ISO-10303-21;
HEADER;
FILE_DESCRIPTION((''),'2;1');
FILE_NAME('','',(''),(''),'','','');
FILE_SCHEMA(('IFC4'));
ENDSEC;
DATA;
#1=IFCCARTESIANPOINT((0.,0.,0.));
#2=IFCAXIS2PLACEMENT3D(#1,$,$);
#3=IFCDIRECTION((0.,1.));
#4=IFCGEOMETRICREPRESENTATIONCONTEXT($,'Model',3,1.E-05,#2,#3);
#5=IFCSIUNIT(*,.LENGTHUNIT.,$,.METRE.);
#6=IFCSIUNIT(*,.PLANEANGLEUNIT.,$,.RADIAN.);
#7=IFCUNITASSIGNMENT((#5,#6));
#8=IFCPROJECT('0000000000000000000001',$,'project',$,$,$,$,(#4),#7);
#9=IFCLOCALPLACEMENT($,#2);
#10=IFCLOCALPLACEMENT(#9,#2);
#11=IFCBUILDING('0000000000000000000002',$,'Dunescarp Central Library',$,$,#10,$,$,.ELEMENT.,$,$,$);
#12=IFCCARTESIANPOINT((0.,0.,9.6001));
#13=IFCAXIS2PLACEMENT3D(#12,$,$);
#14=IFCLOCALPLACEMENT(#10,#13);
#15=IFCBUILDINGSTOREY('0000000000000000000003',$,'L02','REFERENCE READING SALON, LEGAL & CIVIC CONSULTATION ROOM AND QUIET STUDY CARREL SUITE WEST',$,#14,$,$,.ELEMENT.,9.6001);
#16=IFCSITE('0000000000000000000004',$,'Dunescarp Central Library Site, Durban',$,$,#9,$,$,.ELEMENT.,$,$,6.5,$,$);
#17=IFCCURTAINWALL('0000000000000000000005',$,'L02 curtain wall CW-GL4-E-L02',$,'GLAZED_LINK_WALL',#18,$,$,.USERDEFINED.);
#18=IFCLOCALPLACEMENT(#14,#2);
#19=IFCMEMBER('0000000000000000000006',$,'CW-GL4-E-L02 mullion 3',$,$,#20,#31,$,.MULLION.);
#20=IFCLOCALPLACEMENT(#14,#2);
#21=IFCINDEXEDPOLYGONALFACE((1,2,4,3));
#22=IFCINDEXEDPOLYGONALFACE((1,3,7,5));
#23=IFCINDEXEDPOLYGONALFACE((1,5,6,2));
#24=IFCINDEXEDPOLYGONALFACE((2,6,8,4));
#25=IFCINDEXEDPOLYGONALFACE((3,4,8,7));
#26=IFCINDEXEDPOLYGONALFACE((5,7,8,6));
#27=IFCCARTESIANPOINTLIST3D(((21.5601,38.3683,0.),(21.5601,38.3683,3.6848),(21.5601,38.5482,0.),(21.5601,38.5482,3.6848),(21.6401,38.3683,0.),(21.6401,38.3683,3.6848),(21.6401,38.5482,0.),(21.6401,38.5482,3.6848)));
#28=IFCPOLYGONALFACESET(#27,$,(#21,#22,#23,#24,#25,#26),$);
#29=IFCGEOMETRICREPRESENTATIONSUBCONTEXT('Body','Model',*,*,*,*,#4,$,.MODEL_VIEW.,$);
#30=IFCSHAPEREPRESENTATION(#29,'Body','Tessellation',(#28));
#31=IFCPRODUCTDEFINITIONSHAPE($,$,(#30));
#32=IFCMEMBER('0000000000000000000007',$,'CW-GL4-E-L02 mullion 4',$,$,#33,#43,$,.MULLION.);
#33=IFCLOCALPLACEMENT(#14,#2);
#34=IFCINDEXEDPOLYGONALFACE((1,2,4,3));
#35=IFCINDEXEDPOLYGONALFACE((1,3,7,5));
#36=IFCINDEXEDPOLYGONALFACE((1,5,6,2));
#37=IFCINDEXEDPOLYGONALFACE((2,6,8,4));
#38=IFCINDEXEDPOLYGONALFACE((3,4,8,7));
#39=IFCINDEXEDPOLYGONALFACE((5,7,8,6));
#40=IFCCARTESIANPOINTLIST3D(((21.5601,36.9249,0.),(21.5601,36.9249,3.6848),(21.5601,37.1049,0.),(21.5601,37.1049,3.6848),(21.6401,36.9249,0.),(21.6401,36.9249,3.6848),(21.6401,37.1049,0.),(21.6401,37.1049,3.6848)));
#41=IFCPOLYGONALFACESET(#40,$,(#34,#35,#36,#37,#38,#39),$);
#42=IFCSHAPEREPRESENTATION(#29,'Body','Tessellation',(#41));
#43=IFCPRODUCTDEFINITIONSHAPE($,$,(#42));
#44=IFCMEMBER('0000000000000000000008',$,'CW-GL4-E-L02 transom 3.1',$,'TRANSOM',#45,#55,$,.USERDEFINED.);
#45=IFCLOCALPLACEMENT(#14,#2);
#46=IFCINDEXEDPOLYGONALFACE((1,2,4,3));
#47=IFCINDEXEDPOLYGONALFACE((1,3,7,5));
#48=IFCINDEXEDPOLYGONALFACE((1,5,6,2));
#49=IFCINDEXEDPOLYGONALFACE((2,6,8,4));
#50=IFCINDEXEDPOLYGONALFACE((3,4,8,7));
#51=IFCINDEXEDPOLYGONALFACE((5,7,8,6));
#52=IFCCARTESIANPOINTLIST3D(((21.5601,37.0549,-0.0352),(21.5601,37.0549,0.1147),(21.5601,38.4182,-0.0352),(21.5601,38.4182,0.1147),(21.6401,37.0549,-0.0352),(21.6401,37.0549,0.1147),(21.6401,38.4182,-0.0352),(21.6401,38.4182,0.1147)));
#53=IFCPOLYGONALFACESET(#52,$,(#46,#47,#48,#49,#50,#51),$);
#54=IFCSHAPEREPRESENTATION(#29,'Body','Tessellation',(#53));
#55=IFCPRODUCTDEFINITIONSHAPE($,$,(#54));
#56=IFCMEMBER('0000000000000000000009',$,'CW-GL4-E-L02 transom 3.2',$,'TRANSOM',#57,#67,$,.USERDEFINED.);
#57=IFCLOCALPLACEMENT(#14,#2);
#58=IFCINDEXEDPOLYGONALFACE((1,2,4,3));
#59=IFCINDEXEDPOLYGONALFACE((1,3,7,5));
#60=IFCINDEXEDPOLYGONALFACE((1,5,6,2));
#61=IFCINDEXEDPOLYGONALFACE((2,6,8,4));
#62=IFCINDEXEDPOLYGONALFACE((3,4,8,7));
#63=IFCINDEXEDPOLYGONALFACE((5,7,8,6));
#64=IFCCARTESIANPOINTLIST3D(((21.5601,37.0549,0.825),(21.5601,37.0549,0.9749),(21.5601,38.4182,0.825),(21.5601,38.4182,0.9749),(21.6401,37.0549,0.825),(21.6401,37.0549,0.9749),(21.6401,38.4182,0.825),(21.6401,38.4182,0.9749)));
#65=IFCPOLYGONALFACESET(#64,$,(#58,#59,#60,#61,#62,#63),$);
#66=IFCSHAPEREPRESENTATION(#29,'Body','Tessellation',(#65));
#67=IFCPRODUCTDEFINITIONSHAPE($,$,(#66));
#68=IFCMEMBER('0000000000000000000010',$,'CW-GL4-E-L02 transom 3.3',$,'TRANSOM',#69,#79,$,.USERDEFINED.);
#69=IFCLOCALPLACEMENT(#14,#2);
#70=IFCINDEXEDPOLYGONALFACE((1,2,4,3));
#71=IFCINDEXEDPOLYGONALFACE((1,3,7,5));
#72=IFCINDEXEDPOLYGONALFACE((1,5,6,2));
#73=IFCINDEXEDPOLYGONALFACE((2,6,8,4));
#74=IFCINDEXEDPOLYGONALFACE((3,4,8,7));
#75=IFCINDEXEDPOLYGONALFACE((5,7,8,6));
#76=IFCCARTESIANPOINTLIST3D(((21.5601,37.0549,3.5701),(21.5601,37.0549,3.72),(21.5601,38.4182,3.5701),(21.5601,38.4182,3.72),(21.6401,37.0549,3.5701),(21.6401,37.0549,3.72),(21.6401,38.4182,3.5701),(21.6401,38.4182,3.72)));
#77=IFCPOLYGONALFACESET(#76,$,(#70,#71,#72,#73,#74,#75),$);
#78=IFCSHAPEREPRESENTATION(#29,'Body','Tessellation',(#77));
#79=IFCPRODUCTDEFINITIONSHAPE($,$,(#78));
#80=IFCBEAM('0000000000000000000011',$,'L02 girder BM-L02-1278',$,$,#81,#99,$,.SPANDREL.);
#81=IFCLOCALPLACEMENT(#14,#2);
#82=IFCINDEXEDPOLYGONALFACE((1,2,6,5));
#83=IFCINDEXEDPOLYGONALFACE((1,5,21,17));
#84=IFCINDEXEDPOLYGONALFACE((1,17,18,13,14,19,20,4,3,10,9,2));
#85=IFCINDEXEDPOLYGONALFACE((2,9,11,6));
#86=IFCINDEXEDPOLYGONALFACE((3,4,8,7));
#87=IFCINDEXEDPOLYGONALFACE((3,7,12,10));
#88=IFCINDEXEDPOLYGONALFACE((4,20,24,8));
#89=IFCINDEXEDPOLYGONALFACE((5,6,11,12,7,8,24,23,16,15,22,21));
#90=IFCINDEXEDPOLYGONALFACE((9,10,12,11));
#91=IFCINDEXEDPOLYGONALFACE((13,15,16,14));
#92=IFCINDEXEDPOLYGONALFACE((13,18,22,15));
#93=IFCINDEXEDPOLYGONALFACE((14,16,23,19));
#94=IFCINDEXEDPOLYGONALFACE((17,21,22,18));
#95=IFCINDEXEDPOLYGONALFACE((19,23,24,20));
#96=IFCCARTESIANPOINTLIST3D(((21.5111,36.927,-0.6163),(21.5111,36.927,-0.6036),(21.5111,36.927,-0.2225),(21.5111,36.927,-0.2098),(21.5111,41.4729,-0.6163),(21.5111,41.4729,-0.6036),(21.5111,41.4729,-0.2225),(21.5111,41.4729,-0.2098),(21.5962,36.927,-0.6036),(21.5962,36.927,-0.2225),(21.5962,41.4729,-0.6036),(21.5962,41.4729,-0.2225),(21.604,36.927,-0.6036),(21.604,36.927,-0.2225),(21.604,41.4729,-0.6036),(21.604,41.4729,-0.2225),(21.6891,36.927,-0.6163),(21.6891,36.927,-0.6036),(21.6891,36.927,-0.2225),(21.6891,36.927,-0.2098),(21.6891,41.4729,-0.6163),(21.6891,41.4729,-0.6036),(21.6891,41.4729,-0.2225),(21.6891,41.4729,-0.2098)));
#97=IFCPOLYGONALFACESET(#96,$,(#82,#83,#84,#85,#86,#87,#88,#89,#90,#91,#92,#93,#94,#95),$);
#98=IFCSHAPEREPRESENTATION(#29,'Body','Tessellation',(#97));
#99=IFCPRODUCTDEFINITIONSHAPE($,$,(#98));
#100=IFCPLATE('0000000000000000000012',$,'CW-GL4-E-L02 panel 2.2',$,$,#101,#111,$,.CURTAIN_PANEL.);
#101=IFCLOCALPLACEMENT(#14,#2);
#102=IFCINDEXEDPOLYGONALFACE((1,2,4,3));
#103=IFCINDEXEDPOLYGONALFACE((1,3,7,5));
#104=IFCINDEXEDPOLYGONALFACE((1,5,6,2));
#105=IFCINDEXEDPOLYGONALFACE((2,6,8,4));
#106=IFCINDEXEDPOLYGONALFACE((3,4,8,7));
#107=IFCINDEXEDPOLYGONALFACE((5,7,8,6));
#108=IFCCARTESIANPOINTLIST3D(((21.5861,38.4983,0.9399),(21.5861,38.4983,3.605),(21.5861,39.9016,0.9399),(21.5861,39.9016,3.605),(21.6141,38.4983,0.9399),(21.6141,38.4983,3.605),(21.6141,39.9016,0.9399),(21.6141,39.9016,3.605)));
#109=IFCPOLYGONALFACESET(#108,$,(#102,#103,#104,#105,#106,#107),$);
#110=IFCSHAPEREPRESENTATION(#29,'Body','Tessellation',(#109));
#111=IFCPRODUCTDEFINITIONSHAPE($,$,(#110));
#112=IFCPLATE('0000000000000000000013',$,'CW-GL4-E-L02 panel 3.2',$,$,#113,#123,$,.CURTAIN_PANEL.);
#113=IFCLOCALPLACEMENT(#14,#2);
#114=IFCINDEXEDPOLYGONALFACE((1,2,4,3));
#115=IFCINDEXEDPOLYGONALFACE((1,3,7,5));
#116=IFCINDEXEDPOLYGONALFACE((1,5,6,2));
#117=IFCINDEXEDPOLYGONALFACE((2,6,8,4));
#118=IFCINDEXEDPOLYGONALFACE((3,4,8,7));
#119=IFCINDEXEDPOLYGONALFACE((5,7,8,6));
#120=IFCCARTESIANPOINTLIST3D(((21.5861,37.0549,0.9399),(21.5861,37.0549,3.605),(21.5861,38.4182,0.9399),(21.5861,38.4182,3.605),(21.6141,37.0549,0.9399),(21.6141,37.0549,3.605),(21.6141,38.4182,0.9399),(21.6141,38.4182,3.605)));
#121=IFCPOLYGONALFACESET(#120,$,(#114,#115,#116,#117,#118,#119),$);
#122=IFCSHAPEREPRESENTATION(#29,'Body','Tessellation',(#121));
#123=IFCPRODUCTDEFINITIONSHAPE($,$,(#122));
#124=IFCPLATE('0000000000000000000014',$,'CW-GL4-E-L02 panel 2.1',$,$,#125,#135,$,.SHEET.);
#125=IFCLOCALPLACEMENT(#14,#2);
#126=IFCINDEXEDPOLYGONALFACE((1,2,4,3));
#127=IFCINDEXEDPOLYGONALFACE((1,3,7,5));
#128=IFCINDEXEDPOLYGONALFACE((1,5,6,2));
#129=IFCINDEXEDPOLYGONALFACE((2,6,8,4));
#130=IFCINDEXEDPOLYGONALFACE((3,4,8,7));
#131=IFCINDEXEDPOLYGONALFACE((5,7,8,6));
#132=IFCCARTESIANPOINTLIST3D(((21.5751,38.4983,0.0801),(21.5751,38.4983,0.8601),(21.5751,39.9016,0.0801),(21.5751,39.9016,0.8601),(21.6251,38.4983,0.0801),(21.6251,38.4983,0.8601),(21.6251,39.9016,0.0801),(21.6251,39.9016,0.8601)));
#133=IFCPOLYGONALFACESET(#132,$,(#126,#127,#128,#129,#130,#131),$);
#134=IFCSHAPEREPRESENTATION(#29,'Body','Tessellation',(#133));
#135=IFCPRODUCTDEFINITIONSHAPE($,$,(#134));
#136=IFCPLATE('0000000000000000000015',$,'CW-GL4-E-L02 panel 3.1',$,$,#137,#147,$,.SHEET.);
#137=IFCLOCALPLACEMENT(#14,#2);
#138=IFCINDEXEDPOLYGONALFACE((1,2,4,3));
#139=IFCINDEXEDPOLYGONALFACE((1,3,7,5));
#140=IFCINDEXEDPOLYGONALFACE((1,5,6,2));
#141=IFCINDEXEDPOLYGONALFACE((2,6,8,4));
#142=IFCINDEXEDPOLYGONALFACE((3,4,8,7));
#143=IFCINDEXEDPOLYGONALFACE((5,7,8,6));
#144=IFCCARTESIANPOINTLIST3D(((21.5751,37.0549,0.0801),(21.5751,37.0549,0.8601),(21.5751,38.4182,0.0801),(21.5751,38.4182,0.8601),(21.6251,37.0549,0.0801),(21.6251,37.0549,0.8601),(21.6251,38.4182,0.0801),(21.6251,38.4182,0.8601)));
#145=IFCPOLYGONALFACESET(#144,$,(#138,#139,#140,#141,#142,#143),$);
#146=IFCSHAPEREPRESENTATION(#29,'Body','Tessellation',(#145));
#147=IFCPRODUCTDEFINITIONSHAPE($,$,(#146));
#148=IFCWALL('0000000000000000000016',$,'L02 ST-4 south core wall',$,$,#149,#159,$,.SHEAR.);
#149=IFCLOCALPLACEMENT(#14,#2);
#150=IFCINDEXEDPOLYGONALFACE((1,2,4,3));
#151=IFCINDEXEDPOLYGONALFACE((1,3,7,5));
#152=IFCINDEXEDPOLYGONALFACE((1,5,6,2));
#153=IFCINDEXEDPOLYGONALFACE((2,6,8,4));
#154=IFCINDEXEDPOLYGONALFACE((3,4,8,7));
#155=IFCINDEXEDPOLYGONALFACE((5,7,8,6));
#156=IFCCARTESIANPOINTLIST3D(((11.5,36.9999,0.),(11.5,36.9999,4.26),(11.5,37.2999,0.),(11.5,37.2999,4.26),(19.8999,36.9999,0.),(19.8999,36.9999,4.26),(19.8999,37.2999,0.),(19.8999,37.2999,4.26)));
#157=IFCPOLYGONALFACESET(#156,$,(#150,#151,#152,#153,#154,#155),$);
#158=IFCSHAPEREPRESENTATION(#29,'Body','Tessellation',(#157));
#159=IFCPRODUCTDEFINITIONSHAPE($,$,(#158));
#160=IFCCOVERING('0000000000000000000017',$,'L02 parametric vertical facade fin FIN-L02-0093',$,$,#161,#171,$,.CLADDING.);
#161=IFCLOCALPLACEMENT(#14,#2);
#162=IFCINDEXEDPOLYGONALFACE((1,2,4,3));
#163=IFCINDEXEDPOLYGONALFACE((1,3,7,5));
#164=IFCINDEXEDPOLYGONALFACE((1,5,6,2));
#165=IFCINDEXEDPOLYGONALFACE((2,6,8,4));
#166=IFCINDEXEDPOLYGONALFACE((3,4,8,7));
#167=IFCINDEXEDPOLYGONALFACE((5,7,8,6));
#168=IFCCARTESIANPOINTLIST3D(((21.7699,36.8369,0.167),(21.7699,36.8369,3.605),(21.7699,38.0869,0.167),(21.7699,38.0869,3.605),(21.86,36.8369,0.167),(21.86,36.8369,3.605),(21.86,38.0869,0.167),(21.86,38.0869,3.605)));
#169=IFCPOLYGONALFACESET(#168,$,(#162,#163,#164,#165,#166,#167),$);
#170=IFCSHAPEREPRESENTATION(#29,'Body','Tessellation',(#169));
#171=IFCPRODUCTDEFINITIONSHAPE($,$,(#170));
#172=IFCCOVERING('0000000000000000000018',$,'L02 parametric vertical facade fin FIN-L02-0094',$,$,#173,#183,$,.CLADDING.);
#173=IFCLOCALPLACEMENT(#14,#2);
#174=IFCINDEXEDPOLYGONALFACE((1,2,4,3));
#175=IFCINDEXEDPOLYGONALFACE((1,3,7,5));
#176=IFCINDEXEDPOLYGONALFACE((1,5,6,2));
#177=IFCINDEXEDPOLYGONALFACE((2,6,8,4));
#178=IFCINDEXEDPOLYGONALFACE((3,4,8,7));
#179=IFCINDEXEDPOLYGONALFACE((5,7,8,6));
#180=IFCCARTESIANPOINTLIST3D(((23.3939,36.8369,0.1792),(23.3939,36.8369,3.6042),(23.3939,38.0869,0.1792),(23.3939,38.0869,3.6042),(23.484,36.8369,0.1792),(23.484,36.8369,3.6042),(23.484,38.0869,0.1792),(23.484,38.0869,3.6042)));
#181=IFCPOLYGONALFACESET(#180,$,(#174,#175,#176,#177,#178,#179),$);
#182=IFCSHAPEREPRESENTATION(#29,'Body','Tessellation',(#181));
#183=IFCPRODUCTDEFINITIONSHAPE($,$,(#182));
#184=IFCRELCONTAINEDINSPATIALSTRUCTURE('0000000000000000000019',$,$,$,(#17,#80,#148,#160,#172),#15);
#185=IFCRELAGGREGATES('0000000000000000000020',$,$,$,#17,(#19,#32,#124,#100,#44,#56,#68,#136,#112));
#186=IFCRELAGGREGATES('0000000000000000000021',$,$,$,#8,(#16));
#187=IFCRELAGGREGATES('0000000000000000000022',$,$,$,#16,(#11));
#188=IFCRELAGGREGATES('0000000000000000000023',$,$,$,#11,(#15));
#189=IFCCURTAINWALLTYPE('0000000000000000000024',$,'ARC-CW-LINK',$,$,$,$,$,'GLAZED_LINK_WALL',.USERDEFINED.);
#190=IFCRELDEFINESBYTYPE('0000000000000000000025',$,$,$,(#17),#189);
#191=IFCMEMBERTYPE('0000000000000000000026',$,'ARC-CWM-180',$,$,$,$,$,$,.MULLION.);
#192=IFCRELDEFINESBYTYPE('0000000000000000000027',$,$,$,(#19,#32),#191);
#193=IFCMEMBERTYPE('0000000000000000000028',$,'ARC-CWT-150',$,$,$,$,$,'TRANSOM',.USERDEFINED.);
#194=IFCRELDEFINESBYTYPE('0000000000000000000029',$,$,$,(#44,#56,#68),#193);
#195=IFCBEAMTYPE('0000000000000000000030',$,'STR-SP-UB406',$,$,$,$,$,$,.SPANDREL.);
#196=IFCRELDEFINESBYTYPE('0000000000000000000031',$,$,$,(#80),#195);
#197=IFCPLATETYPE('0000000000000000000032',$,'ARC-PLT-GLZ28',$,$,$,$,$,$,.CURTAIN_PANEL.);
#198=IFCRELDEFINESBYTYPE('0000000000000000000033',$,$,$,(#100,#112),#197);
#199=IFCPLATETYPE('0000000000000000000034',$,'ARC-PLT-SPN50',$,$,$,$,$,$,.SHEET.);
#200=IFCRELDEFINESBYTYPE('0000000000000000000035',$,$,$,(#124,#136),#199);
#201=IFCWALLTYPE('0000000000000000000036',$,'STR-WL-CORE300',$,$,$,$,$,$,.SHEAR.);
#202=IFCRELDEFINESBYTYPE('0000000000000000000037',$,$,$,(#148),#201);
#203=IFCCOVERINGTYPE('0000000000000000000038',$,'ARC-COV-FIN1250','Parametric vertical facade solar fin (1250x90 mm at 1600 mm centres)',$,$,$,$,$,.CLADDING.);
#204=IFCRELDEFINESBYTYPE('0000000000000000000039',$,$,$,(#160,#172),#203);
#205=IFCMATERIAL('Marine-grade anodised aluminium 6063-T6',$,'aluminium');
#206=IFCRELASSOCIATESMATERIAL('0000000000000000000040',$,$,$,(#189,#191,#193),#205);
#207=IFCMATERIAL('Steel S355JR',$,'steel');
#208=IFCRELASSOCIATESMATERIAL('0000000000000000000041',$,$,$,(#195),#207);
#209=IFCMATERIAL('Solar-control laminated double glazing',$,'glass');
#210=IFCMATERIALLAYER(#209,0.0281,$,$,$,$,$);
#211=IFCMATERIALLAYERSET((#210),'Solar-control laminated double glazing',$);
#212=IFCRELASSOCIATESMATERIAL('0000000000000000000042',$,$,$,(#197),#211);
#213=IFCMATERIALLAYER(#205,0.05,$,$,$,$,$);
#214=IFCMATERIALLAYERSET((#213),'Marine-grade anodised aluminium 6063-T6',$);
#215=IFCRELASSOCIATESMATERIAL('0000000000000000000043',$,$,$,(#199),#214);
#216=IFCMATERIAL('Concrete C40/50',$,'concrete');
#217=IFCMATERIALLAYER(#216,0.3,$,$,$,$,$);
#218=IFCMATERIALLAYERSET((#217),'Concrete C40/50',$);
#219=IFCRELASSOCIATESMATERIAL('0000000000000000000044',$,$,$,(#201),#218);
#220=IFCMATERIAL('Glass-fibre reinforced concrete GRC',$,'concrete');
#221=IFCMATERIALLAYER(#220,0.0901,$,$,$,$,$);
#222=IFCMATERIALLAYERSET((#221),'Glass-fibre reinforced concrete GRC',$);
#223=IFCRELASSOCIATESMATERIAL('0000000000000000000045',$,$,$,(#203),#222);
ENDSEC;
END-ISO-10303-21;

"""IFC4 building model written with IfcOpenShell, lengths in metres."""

from ifc_helpers import new_model, si_unit, direction, frame, frame_2d, origin, origin_2d, place, context, subcontext, project, spatial, rectangle, i_section, extrude, material, layer, layer_set, material_profile, profile_set, type_object, element, aggregate, save


model = new_model("IFC4")

# Units and contexts
model_context = context("Model", 3, precision=1e-05, world=origin(), true_north=direction((0.0, 1.0)))
body_context = subcontext(model_context, "Body", "Model", "MODEL_VIEW")
ifc_project = project(units=[si_unit("LENGTHUNIT", "METRE"), si_unit("PLANEANGLEUNIT", "RADIAN")], contexts=[model_context])

# Site, building, storey
site_placement = place(None, origin())
site = spatial("IfcSite", under=ifc_project, at=site_placement, Name="Dunescarp Central Library Site, Durban", CompositionType="ELEMENT", RefElevation=6.5)
building_placement = place(site_placement, origin())
building = spatial("IfcBuilding", under=site, at=building_placement, Name="Dunescarp Central Library", CompositionType="ELEMENT")
storey_placement = place(building_placement, frame((0.0, 0.0, 9.6001)))
storey = spatial("IfcBuildingStorey", under=building, at=storey_placement, Name="L02", Description="REFERENCE READING SALON, LEGAL & CIVIC CONSULTATION ROOM AND QUIET STUDY CARREL SUITE WEST", CompositionType="ELEMENT", Elevation=9.6001)

# Curtain wall, members
ifc_material_1 = material(Name="Marine-grade anodised aluminium 6063-T6", Category="aluminium")
curtain_wall_type = type_object("IfcCurtainWallType", Name="ARC-CW-LINK", ElementType="GLAZED_LINK_WALL", PredefinedType="USERDEFINED", material=ifc_material_1)
curtain_wall_placement = place(storey_placement, origin())
curtain_wall = element("IfcCurtainWall", 1, at=curtain_wall_placement, inside=storey, type_object=curtain_wall_type, Name="L02 curtain wall CW-GL4-E-L02", ObjectType="GLAZED_LINK_WALL", PredefinedType="USERDEFINED")
ifc_material_profile_1 = material_profile(ifc_material_1, rectangle(XDim=0.0801, YDim=0.1799, at=origin_2d()), Name="AL 80x180")
ifc_profile_set_1 = profile_set([ifc_material_profile_1], Name="Marine-grade anodised aluminium 6063-T6")
member_type_1 = type_object("IfcMemberType", Name="ARC-CWM-180", PredefinedType="MULLION", material=ifc_profile_set_1)
member_1_placement = place(storey_placement, frame((21.6001, 38.4583, 0.0), z_axis=(0.0, 0.0, 1.0), x_axis=(1.0, 0.0, 0.0)))
member_1 = element("IfcMember", 2, at=member_1_placement, type_object=member_type_1, Name="CW-GL4-E-L02 mullion 3", PredefinedType="MULLION", context=body_context, shape_type="SweptSolid", body=[
    extrude(rectangle(XDim=0.0801, YDim=0.1799, at=origin_2d()), origin(), (0.0, 0.0, 1.0), 3.6848),
])
member_2_placement = place(storey_placement, frame((21.6001, 37.0149, 0.0), z_axis=(0.0, 0.0, 1.0), x_axis=(1.0, 0.0, 0.0)))
member_2 = element("IfcMember", 3, at=member_2_placement, type_object=member_type_1, Name="CW-GL4-E-L02 mullion 4", PredefinedType="MULLION", context=body_context, shape_type="SweptSolid", body=[
    extrude(rectangle(XDim=0.0801, YDim=0.1799, at=origin_2d()), origin(), (0.0, 0.0, 1.0), 3.6848),
])
ifc_material_profile_2 = material_profile(ifc_material_1, rectangle(XDim=0.0801, YDim=0.1499, at=origin_2d()), Name="AL 80x150")
ifc_profile_set_2 = profile_set([ifc_material_profile_2], Name="Marine-grade anodised aluminium 6063-T6")
member_type_2 = type_object("IfcMemberType", Name="ARC-CWT-150", ElementType="TRANSOM", PredefinedType="USERDEFINED", material=ifc_profile_set_2)
member_3_placement = place(storey_placement, frame((21.6001, 38.4182, 0.0398), z_axis=(0.0, -1.0, 0.0), x_axis=(1.0, 0.0, 0.0)))
member_3 = element("IfcMember", 4, at=member_3_placement, type_object=member_type_2, Name="CW-GL4-E-L02 transom 3.1", ObjectType="TRANSOM", PredefinedType="USERDEFINED", context=body_context, shape_type="SweptSolid", body=[
    extrude(rectangle(XDim=0.0801, YDim=0.1499, at=origin_2d()), origin(), (0.0, 0.0, 1.0), 1.3633),
])
member_4_placement = place(storey_placement, frame((21.6001, 38.4182, 0.8999), z_axis=(0.0, -1.0, 0.0), x_axis=(1.0, 0.0, 0.0)))
member_4 = element("IfcMember", 5, at=member_4_placement, type_object=member_type_2, Name="CW-GL4-E-L02 transom 3.2", ObjectType="TRANSOM", PredefinedType="USERDEFINED", context=body_context, shape_type="SweptSolid", body=[
    extrude(rectangle(XDim=0.0801, YDim=0.1499, at=origin_2d()), origin(), (0.0, 0.0, 1.0), 1.3633),
])
member_5_placement = place(storey_placement, frame((21.6001, 38.4182, 3.645), z_axis=(0.0, -1.0, 0.0), x_axis=(1.0, 0.0, 0.0)))
member_5 = element("IfcMember", 6, at=member_5_placement, type_object=member_type_2, Name="CW-GL4-E-L02 transom 3.3", ObjectType="TRANSOM", PredefinedType="USERDEFINED", context=body_context, shape_type="SweptSolid", body=[
    extrude(rectangle(XDim=0.0801, YDim=0.1499, at=origin_2d()), origin(), (0.0, 0.0, 1.0), 1.3633),
])

# Beam
ifc_material_2 = material(Name="Steel S355JR", Category="steel")
ifc_material_profile_3 = material_profile(ifc_material_2, i_section(OverallWidth=0.178, OverallDepth=0.4065, WebThickness=0.0078, FlangeThickness=0.0127, at=origin_2d()), Name="UB 406x178x60")
ifc_profile_set_3 = profile_set([ifc_material_profile_3], Name="Steel S355JR")
beam_type = type_object("IfcBeamType", Name="STR-SP-UB406", PredefinedType="SPANDREL", material=ifc_profile_set_3)
beam_placement = place(storey_placement, frame((21.6001, 36.927, -0.4131), z_axis=(0.0, 1.0, 0.0), x_axis=(-1.0, 0.0, 0.0)))
element("IfcBeam", 7, at=beam_placement, inside=storey, type_object=beam_type, Name="L02 girder BM-L02-1278", PredefinedType="SPANDREL", context=body_context, shape_type="SweptSolid", body=[
    extrude(i_section(OverallWidth=0.178, OverallDepth=0.4065, WebThickness=0.0078, FlangeThickness=0.0127, at=origin_2d()), origin(), (0.0, 0.0, 1.0), 4.5459),
])

# Plates
ifc_material_3 = material(Name="Solar-control laminated double glazing", Category="glass")
ifc_layer_1 = layer(ifc_material_3, 0.0281)
ifc_layer_set_1 = layer_set([ifc_layer_1], Name="Solar-control laminated double glazing")
plate_type_1 = type_object("IfcPlateType", Name="ARC-PLT-GLZ28", PredefinedType="CURTAIN_PANEL", material=ifc_layer_set_1)
plate_1_placement = place(storey_placement, frame((21.6001, 39.2, 0.9399), z_axis=(0.0, 0.0, 1.0), x_axis=(0.0, -1.0, 0.0)))
plate_1 = element("IfcPlate", 8, at=plate_1_placement, type_object=plate_type_1, Name="CW-GL4-E-L02 panel 2.2", PredefinedType="CURTAIN_PANEL", context=body_context, shape_type="SweptSolid", body=[
    extrude(rectangle(XDim=1.4033, YDim=0.0281, at=origin_2d()), origin(), (0.0, 0.0, 1.0), 2.665),
])
plate_2_placement = place(storey_placement, frame((21.6001, 37.7366, 0.9399), z_axis=(0.0, 0.0, 1.0), x_axis=(0.0, -1.0, 0.0)))
plate_2 = element("IfcPlate", 9, at=plate_2_placement, type_object=plate_type_1, Name="CW-GL4-E-L02 panel 3.2", PredefinedType="CURTAIN_PANEL", context=body_context, shape_type="SweptSolid", body=[
    extrude(rectangle(XDim=1.3633, YDim=0.0281, at=origin_2d()), origin(), (0.0, 0.0, 1.0), 2.665),
])
ifc_layer_2 = layer(ifc_material_1, 0.05)
ifc_layer_set_2 = layer_set([ifc_layer_2], Name="Marine-grade anodised aluminium 6063-T6")
plate_type_2 = type_object("IfcPlateType", Name="ARC-PLT-SPN50", PredefinedType="SHEET", material=ifc_layer_set_2)
plate_3_placement = place(storey_placement, frame((21.6001, 39.2, 0.0801), z_axis=(0.0, 0.0, 1.0), x_axis=(0.0, -1.0, 0.0)))
plate_3 = element("IfcPlate", 10, at=plate_3_placement, type_object=plate_type_2, Name="CW-GL4-E-L02 panel 2.1", PredefinedType="SHEET", context=body_context, shape_type="SweptSolid", body=[
    extrude(rectangle(XDim=1.4033, YDim=0.05, at=origin_2d()), origin(), (0.0, 0.0, 1.0), 0.78),
])
plate_4_placement = place(storey_placement, frame((21.6001, 37.7366, 0.0801), z_axis=(0.0, 0.0, 1.0), x_axis=(0.0, -1.0, 0.0)))
plate_4 = element("IfcPlate", 11, at=plate_4_placement, type_object=plate_type_2, Name="CW-GL4-E-L02 panel 3.1", PredefinedType="SHEET", context=body_context, shape_type="SweptSolid", body=[
    extrude(rectangle(XDim=1.3633, YDim=0.05, at=origin_2d()), origin(), (0.0, 0.0, 1.0), 0.78),
])
aggregate(curtain_wall, [member_1, member_2, plate_3, plate_1, member_3, member_4, member_5, plate_4, plate_2])

# Wall
ifc_material_4 = material(Name="Concrete C40/50", Category="concrete")
ifc_layer_3 = layer(ifc_material_4, 0.3)
ifc_layer_set_3 = layer_set([ifc_layer_3], Name="Concrete C40/50")
wall_type = type_object("IfcWallType", Name="STR-WL-CORE300", PredefinedType="SHEAR", material=ifc_layer_set_3)
wall_placement = place(storey_placement, frame((19.8999, 37.1499, 0.0), z_axis=(0.0, 0.0, 1.0), x_axis=(-1.0, 0.0, 0.0)))
element("IfcWall", 12, at=wall_placement, inside=storey, type_object=wall_type, Name="L02 ST-4 south core wall", PredefinedType="SHEAR", context=body_context, shape_type="SweptSolid", body=[
    extrude(rectangle(XDim=8.3999, YDim=0.3, at=frame_2d((4.2, 0.0))), origin(), (0.0, 0.0, 1.0), 4.26),
])

# Coverings
ifc_material_5 = material(Name="Glass-fibre reinforced concrete GRC", Category="concrete")
ifc_layer_4 = layer(ifc_material_5, 0.0901)
ifc_layer_set_4 = layer_set([ifc_layer_4], Name="Glass-fibre reinforced concrete GRC")
covering_type = type_object("IfcCoveringType", Name="ARC-COV-FIN1250", Description="Parametric vertical facade solar fin (1250x90 mm at 1600 mm centres)", PredefinedType="CLADDING", material=ifc_layer_set_4)
covering_1_placement = place(storey_placement, frame((21.8149, 37.4619, 0.167), z_axis=(0.0, 0.0, 1.0), x_axis=(0.0, 1.0, 0.0)))
element("IfcCovering", 13, at=covering_1_placement, inside=storey, type_object=covering_type, Name="L02 parametric vertical facade fin FIN-L02-0093", PredefinedType="CLADDING", context=body_context, shape_type="SweptSolid", body=[
    extrude(rectangle(XDim=1.25, YDim=0.0901, at=origin_2d()), origin(), (0.0, 0.0, 1.0), 3.438),
])
covering_2_placement = place(storey_placement, frame((23.439, 37.4619, 0.1792), z_axis=(0.0, 0.0, 1.0), x_axis=(0.0, 1.0, 0.0)))
element("IfcCovering", 14, at=covering_2_placement, inside=storey, type_object=covering_type, Name="L02 parametric vertical facade fin FIN-L02-0094", PredefinedType="CLADDING", context=body_context, shape_type="SweptSolid", body=[
    extrude(rectangle(XDim=1.25, YDim=0.0901, at=origin_2d()), origin(), (0.0, 0.0, 1.0), 3.425),
])

save(model, "model.ifc")
